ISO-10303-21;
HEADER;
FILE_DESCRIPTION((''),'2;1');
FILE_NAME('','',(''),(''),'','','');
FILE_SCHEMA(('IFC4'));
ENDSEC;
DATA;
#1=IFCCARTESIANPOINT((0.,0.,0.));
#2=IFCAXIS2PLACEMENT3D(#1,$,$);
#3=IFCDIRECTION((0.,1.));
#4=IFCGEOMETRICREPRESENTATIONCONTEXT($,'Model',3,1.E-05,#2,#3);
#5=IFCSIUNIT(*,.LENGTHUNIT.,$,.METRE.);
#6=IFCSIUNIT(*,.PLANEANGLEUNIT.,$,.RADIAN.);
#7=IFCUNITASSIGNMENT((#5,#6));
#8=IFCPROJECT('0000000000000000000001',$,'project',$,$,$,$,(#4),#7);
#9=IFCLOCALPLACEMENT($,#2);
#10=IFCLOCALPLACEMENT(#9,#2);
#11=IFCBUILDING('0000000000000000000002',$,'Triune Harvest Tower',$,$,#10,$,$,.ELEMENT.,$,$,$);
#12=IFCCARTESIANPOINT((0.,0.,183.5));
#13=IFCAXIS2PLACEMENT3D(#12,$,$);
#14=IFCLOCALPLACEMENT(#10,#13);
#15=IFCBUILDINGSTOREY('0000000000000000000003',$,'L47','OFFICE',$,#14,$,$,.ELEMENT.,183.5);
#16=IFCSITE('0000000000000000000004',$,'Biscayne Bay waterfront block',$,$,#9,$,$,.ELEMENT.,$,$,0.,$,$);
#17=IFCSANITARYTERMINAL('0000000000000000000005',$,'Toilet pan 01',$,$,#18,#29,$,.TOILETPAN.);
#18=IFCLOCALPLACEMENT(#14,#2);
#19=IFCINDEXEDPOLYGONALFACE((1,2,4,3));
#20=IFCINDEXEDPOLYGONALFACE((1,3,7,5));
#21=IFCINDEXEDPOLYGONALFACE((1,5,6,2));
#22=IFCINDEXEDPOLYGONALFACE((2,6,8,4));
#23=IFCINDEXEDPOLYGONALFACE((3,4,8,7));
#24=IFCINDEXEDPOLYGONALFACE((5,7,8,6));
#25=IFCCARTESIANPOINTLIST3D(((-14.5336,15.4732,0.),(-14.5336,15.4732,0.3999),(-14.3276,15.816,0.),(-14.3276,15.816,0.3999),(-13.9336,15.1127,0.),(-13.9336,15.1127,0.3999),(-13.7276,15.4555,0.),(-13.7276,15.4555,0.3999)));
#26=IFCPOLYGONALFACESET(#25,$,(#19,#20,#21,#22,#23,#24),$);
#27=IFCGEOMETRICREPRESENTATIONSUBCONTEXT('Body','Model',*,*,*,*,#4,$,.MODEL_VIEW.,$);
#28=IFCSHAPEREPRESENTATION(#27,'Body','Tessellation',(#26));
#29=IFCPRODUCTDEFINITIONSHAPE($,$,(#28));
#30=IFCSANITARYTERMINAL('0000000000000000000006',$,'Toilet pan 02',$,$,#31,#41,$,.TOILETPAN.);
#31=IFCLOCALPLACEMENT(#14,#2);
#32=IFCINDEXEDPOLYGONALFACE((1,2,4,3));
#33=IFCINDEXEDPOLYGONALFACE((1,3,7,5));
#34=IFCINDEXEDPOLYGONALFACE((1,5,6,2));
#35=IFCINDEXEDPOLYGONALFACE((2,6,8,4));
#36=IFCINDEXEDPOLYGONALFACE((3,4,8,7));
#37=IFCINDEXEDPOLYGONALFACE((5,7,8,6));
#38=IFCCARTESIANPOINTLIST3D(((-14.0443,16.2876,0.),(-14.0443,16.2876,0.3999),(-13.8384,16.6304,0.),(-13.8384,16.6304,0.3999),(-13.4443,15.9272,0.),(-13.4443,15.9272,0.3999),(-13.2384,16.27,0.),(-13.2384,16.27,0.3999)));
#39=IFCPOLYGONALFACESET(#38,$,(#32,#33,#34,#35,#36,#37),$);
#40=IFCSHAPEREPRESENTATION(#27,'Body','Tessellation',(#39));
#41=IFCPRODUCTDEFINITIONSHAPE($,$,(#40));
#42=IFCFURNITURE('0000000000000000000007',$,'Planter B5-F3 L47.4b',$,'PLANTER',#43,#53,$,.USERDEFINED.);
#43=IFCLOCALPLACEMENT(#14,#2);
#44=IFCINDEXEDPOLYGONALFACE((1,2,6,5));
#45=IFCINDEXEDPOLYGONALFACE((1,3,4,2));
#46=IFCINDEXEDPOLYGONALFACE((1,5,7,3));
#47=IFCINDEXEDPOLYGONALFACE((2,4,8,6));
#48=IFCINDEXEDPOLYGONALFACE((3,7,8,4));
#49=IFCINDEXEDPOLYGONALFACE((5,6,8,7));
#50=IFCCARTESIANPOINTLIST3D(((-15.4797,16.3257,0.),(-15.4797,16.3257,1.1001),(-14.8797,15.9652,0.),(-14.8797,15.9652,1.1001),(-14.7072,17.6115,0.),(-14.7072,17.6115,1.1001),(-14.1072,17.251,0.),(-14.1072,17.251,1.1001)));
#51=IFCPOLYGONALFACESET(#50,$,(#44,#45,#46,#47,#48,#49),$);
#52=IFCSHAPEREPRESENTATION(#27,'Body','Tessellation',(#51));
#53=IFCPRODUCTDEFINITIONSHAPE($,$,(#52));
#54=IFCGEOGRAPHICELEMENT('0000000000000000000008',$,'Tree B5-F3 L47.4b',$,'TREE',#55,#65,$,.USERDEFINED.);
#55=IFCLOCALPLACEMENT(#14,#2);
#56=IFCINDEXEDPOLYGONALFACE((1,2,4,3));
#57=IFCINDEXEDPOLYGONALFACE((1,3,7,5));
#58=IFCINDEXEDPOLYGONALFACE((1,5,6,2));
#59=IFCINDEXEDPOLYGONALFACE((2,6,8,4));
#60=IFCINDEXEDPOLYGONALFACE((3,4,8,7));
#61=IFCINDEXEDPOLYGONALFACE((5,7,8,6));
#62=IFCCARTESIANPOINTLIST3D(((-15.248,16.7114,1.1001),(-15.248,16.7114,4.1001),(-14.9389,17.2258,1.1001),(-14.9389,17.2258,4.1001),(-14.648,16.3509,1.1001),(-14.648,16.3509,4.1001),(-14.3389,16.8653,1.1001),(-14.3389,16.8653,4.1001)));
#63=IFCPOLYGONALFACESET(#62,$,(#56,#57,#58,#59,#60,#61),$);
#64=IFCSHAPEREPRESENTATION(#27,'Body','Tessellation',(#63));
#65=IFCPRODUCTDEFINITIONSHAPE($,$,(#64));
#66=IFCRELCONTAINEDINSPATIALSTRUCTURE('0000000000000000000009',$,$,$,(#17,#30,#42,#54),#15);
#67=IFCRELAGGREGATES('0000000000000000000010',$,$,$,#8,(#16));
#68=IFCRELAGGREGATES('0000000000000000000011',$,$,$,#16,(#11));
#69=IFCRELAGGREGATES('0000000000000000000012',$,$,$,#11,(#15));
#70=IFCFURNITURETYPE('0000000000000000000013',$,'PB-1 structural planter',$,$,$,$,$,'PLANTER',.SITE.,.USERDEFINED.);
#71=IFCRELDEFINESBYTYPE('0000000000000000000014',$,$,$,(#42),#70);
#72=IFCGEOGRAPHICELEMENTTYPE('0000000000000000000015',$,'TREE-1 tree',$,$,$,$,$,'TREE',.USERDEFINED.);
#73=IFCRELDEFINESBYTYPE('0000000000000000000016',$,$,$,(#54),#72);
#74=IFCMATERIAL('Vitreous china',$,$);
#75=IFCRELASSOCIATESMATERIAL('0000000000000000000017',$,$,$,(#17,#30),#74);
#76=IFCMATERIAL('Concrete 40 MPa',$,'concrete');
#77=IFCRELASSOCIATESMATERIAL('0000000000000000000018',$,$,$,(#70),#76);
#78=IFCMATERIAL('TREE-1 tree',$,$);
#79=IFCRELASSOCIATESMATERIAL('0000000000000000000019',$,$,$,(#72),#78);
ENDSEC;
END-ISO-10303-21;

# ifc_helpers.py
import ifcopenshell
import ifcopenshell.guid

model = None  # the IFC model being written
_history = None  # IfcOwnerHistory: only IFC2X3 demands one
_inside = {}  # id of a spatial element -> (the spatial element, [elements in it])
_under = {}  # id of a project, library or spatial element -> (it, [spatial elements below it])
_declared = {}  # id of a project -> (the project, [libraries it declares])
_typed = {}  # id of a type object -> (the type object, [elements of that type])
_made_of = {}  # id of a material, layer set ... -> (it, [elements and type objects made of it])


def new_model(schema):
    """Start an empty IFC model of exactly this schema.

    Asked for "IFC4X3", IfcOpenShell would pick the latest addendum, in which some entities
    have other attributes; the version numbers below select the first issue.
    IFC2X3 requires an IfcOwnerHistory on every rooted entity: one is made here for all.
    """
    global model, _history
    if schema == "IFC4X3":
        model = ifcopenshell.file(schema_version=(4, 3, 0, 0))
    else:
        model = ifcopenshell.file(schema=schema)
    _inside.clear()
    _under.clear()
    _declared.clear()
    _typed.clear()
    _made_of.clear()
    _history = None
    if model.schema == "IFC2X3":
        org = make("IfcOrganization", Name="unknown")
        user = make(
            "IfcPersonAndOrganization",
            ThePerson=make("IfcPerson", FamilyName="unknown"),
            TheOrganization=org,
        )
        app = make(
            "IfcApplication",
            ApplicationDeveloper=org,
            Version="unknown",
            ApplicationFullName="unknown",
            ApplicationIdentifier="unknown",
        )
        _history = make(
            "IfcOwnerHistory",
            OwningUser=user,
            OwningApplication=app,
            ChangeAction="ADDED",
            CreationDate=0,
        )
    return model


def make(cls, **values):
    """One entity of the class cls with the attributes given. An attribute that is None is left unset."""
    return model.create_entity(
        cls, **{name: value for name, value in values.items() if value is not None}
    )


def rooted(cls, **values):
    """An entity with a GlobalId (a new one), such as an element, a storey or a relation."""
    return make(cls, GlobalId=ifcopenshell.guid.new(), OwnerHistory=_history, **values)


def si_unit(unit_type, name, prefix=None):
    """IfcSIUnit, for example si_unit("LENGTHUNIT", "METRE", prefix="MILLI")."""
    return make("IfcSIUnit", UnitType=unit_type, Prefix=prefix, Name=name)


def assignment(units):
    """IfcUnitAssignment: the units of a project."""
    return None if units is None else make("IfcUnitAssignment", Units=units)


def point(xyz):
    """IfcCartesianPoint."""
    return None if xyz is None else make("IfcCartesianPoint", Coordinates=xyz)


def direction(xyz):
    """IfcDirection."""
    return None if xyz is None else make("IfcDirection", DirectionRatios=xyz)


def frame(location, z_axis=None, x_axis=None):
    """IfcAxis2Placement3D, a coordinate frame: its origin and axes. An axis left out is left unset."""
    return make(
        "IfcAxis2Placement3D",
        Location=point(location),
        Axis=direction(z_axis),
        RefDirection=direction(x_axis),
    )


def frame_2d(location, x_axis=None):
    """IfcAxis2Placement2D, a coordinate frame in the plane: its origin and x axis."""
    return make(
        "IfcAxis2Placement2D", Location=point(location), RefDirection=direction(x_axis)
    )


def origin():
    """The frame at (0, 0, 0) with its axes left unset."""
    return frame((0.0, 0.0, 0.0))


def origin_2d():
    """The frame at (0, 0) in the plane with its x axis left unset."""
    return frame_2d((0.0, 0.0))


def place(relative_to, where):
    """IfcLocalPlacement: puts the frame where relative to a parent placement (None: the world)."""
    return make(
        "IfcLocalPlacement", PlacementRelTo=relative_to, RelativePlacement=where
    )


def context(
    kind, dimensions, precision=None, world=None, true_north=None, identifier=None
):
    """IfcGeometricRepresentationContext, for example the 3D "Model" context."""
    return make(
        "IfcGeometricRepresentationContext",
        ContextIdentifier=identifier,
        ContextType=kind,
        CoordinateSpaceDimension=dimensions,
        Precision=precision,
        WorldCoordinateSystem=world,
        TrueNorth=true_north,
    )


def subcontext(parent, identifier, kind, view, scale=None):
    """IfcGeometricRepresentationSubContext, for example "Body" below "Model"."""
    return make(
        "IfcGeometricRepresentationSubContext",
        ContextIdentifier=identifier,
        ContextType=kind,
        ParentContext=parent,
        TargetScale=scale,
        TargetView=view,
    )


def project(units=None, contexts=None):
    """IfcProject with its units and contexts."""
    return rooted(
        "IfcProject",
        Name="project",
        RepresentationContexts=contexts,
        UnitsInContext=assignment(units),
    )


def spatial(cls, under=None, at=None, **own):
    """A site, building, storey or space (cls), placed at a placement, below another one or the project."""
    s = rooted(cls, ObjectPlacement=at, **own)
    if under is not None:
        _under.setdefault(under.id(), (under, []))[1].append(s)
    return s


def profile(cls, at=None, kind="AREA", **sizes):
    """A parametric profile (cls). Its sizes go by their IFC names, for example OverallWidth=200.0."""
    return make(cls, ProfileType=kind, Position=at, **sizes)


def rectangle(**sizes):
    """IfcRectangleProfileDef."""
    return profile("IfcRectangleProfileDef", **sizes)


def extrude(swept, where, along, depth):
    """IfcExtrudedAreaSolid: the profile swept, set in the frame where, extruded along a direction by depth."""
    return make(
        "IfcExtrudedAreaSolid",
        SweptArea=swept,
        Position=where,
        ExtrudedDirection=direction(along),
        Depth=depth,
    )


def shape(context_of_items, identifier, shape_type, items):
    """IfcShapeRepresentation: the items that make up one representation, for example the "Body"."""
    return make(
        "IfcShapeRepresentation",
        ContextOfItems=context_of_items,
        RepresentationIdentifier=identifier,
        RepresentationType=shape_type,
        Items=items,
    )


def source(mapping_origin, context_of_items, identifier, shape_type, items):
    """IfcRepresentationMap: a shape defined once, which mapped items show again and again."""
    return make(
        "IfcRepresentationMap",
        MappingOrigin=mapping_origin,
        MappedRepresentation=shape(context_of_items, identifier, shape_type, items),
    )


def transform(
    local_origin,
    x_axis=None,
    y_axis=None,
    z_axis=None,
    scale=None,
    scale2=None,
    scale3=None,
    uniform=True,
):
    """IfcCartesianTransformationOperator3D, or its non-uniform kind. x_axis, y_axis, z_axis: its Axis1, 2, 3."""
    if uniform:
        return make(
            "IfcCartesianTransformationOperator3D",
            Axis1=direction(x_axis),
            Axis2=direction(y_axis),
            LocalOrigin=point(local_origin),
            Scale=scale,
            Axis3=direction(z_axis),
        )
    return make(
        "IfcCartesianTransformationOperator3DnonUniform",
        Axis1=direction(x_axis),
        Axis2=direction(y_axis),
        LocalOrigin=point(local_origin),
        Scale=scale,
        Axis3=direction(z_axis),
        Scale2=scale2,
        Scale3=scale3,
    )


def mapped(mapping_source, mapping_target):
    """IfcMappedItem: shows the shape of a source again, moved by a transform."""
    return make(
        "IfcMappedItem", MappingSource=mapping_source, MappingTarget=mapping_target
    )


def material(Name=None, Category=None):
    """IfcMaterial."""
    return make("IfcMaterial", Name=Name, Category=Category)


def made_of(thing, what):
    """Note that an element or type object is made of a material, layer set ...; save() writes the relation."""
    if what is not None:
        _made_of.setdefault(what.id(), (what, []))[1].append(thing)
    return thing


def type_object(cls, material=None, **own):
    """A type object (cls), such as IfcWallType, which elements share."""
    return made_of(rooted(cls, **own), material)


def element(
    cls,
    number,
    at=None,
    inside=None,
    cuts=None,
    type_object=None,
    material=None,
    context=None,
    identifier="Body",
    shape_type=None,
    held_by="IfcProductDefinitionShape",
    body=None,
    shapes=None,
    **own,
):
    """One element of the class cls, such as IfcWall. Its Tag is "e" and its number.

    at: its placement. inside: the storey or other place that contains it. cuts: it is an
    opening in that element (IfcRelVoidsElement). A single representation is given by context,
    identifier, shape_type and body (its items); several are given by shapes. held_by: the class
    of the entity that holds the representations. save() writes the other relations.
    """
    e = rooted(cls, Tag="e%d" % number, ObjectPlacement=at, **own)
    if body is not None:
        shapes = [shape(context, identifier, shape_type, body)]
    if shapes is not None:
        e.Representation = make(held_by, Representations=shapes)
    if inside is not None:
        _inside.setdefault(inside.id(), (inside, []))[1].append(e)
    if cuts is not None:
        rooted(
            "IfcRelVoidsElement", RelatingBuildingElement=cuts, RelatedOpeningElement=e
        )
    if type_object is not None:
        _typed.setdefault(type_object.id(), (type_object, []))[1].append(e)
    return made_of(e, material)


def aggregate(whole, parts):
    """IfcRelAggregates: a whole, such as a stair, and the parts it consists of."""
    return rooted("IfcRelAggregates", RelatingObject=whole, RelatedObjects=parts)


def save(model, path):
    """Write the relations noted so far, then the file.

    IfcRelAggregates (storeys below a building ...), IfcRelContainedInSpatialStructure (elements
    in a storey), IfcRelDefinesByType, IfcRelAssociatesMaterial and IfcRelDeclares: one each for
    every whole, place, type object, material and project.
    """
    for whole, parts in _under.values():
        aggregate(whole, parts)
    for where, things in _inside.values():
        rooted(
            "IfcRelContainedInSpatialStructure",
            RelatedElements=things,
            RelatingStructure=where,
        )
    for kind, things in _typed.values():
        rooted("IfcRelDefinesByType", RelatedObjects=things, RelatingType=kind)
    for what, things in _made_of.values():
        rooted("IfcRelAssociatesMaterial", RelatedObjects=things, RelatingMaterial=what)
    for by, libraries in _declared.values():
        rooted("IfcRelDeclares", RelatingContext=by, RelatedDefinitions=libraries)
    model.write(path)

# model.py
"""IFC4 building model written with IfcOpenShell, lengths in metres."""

from ifc_helpers import new_model, si_unit, direction, frame, origin, origin_2d, place, context, subcontext, project, spatial, rectangle, extrude, source, transform, mapped, material, type_object, element, save


model = new_model("IFC4")

# Units and contexts
model_context = context("Model", 3, precision=1e-05, world=origin(), true_north=direction((0.0, 1.0)))
body_context = subcontext(model_context, "Body", "Model", "MODEL_VIEW")
ifc_project = project(units=[si_unit("LENGTHUNIT", "METRE"), si_unit("PLANEANGLEUNIT", "RADIAN")], contexts=[model_context])

# Site, building, storey
site_placement = place(None, origin())
site = spatial("IfcSite", under=ifc_project, at=site_placement, Name="Biscayne Bay waterfront block", CompositionType="ELEMENT", RefElevation=0.0)
building_placement = place(site_placement, origin())
building = spatial("IfcBuilding", under=site, at=building_placement, Name="Triune Harvest Tower", CompositionType="ELEMENT")
storey_placement = place(building_placement, frame((0.0, 0.0, 183.5)))
storey = spatial("IfcBuildingStorey", under=building, at=storey_placement, Name="L47", Description="OFFICE", CompositionType="ELEMENT", Elevation=183.5)

# Sanitary terminals
ifc_material_1 = material(Name="Vitreous china")
shared_shape_1 = source(origin(), body_context, "Body", "SweptSolid", [
    extrude(rectangle(XDim=0.3999, YDim=0.7, at=origin_2d()), origin(), (0.0, 0.0, 1.0), 0.3999),
])
for number, where, z_axis, x_axis, name in (
    (1, (-14.1306, 15.4644, 0.0), (0.0, 0.0, 1.0), (0.514993, 0.857194, 0.0), "Toilet pan 01"),
    (2, (-13.6414, 16.2788, 0.0), (0.0, 0.0, 1.0), (0.514993, 0.857194, 0.0), "Toilet pan 02"),
):
    element("IfcSanitaryTerminal", number, at=place(storey_placement, frame(where, z_axis=z_axis, x_axis=x_axis)), inside=storey, material=ifc_material_1, Name=name, PredefinedType="TOILETPAN", context=body_context, shape_type="MappedRepresentation", body=[
        mapped(shared_shape_1, transform((0.0, 0.0, 0.0), scale=1.0)),
    ])

# Furniture
ifc_material_2 = material(Name="Concrete 40 MPa", Category="concrete")
furniture_type = type_object("IfcFurnitureType", Name="PB-1 structural planter", ElementType="PLANTER", AssemblyPlace="SITE", PredefinedType="USERDEFINED", material=ifc_material_2)
shared_shape_2 = source(origin(), body_context, "Body", "SweptSolid", [
    extrude(rectangle(XDim=1.5, YDim=0.7, at=origin_2d()), origin(), (0.0, 0.0, 1.0), 1.1001),
])
furniture_placement = place(storey_placement, frame((-14.7935, 16.7883, 0.0), z_axis=(0.0, 0.0, 1.0), x_axis=(-0.515037, -0.857168, 0.0)))
element("IfcFurniture", 3, at=furniture_placement, inside=storey, type_object=furniture_type, Name="Planter B5-F3 L47.4b", ObjectType="PLANTER", PredefinedType="USERDEFINED", context=body_context, shape_type="MappedRepresentation", body=[
    mapped(shared_shape_2, transform((0.0, 0.0, 0.0), scale=1.0)),
])

# Geographic element
ifc_material_3 = material(Name="TREE-1 tree")
geographic_element_type = type_object("IfcGeographicElementType", Name="TREE-1 tree", ElementType="TREE", PredefinedType="USERDEFINED", material=ifc_material_3)
shared_shape_3 = source(origin(), body_context, "Body", "SweptSolid", [
    extrude(rectangle(XDim=0.6001, YDim=0.7, at=origin_2d()), origin(), (0.0, 0.0, 1.0), 3.0),
])
geographic_element_placement = place(storey_placement, frame((-14.7935, 16.7883, 1.1001), z_axis=(0.0, 0.0, 1.0), x_axis=(-0.515037, -0.857168, 0.0)))
element("IfcGeographicElement", 4, at=geographic_element_placement, inside=storey, type_object=geographic_element_type, Name="Tree B5-F3 L47.4b", ObjectType="TREE", PredefinedType="USERDEFINED", context=body_context, shape_type="MappedRepresentation", body=[
    mapped(shared_shape_3, transform((0.0, 0.0, 0.0), scale=1.0)),
])

save(model, "model.ifc")
